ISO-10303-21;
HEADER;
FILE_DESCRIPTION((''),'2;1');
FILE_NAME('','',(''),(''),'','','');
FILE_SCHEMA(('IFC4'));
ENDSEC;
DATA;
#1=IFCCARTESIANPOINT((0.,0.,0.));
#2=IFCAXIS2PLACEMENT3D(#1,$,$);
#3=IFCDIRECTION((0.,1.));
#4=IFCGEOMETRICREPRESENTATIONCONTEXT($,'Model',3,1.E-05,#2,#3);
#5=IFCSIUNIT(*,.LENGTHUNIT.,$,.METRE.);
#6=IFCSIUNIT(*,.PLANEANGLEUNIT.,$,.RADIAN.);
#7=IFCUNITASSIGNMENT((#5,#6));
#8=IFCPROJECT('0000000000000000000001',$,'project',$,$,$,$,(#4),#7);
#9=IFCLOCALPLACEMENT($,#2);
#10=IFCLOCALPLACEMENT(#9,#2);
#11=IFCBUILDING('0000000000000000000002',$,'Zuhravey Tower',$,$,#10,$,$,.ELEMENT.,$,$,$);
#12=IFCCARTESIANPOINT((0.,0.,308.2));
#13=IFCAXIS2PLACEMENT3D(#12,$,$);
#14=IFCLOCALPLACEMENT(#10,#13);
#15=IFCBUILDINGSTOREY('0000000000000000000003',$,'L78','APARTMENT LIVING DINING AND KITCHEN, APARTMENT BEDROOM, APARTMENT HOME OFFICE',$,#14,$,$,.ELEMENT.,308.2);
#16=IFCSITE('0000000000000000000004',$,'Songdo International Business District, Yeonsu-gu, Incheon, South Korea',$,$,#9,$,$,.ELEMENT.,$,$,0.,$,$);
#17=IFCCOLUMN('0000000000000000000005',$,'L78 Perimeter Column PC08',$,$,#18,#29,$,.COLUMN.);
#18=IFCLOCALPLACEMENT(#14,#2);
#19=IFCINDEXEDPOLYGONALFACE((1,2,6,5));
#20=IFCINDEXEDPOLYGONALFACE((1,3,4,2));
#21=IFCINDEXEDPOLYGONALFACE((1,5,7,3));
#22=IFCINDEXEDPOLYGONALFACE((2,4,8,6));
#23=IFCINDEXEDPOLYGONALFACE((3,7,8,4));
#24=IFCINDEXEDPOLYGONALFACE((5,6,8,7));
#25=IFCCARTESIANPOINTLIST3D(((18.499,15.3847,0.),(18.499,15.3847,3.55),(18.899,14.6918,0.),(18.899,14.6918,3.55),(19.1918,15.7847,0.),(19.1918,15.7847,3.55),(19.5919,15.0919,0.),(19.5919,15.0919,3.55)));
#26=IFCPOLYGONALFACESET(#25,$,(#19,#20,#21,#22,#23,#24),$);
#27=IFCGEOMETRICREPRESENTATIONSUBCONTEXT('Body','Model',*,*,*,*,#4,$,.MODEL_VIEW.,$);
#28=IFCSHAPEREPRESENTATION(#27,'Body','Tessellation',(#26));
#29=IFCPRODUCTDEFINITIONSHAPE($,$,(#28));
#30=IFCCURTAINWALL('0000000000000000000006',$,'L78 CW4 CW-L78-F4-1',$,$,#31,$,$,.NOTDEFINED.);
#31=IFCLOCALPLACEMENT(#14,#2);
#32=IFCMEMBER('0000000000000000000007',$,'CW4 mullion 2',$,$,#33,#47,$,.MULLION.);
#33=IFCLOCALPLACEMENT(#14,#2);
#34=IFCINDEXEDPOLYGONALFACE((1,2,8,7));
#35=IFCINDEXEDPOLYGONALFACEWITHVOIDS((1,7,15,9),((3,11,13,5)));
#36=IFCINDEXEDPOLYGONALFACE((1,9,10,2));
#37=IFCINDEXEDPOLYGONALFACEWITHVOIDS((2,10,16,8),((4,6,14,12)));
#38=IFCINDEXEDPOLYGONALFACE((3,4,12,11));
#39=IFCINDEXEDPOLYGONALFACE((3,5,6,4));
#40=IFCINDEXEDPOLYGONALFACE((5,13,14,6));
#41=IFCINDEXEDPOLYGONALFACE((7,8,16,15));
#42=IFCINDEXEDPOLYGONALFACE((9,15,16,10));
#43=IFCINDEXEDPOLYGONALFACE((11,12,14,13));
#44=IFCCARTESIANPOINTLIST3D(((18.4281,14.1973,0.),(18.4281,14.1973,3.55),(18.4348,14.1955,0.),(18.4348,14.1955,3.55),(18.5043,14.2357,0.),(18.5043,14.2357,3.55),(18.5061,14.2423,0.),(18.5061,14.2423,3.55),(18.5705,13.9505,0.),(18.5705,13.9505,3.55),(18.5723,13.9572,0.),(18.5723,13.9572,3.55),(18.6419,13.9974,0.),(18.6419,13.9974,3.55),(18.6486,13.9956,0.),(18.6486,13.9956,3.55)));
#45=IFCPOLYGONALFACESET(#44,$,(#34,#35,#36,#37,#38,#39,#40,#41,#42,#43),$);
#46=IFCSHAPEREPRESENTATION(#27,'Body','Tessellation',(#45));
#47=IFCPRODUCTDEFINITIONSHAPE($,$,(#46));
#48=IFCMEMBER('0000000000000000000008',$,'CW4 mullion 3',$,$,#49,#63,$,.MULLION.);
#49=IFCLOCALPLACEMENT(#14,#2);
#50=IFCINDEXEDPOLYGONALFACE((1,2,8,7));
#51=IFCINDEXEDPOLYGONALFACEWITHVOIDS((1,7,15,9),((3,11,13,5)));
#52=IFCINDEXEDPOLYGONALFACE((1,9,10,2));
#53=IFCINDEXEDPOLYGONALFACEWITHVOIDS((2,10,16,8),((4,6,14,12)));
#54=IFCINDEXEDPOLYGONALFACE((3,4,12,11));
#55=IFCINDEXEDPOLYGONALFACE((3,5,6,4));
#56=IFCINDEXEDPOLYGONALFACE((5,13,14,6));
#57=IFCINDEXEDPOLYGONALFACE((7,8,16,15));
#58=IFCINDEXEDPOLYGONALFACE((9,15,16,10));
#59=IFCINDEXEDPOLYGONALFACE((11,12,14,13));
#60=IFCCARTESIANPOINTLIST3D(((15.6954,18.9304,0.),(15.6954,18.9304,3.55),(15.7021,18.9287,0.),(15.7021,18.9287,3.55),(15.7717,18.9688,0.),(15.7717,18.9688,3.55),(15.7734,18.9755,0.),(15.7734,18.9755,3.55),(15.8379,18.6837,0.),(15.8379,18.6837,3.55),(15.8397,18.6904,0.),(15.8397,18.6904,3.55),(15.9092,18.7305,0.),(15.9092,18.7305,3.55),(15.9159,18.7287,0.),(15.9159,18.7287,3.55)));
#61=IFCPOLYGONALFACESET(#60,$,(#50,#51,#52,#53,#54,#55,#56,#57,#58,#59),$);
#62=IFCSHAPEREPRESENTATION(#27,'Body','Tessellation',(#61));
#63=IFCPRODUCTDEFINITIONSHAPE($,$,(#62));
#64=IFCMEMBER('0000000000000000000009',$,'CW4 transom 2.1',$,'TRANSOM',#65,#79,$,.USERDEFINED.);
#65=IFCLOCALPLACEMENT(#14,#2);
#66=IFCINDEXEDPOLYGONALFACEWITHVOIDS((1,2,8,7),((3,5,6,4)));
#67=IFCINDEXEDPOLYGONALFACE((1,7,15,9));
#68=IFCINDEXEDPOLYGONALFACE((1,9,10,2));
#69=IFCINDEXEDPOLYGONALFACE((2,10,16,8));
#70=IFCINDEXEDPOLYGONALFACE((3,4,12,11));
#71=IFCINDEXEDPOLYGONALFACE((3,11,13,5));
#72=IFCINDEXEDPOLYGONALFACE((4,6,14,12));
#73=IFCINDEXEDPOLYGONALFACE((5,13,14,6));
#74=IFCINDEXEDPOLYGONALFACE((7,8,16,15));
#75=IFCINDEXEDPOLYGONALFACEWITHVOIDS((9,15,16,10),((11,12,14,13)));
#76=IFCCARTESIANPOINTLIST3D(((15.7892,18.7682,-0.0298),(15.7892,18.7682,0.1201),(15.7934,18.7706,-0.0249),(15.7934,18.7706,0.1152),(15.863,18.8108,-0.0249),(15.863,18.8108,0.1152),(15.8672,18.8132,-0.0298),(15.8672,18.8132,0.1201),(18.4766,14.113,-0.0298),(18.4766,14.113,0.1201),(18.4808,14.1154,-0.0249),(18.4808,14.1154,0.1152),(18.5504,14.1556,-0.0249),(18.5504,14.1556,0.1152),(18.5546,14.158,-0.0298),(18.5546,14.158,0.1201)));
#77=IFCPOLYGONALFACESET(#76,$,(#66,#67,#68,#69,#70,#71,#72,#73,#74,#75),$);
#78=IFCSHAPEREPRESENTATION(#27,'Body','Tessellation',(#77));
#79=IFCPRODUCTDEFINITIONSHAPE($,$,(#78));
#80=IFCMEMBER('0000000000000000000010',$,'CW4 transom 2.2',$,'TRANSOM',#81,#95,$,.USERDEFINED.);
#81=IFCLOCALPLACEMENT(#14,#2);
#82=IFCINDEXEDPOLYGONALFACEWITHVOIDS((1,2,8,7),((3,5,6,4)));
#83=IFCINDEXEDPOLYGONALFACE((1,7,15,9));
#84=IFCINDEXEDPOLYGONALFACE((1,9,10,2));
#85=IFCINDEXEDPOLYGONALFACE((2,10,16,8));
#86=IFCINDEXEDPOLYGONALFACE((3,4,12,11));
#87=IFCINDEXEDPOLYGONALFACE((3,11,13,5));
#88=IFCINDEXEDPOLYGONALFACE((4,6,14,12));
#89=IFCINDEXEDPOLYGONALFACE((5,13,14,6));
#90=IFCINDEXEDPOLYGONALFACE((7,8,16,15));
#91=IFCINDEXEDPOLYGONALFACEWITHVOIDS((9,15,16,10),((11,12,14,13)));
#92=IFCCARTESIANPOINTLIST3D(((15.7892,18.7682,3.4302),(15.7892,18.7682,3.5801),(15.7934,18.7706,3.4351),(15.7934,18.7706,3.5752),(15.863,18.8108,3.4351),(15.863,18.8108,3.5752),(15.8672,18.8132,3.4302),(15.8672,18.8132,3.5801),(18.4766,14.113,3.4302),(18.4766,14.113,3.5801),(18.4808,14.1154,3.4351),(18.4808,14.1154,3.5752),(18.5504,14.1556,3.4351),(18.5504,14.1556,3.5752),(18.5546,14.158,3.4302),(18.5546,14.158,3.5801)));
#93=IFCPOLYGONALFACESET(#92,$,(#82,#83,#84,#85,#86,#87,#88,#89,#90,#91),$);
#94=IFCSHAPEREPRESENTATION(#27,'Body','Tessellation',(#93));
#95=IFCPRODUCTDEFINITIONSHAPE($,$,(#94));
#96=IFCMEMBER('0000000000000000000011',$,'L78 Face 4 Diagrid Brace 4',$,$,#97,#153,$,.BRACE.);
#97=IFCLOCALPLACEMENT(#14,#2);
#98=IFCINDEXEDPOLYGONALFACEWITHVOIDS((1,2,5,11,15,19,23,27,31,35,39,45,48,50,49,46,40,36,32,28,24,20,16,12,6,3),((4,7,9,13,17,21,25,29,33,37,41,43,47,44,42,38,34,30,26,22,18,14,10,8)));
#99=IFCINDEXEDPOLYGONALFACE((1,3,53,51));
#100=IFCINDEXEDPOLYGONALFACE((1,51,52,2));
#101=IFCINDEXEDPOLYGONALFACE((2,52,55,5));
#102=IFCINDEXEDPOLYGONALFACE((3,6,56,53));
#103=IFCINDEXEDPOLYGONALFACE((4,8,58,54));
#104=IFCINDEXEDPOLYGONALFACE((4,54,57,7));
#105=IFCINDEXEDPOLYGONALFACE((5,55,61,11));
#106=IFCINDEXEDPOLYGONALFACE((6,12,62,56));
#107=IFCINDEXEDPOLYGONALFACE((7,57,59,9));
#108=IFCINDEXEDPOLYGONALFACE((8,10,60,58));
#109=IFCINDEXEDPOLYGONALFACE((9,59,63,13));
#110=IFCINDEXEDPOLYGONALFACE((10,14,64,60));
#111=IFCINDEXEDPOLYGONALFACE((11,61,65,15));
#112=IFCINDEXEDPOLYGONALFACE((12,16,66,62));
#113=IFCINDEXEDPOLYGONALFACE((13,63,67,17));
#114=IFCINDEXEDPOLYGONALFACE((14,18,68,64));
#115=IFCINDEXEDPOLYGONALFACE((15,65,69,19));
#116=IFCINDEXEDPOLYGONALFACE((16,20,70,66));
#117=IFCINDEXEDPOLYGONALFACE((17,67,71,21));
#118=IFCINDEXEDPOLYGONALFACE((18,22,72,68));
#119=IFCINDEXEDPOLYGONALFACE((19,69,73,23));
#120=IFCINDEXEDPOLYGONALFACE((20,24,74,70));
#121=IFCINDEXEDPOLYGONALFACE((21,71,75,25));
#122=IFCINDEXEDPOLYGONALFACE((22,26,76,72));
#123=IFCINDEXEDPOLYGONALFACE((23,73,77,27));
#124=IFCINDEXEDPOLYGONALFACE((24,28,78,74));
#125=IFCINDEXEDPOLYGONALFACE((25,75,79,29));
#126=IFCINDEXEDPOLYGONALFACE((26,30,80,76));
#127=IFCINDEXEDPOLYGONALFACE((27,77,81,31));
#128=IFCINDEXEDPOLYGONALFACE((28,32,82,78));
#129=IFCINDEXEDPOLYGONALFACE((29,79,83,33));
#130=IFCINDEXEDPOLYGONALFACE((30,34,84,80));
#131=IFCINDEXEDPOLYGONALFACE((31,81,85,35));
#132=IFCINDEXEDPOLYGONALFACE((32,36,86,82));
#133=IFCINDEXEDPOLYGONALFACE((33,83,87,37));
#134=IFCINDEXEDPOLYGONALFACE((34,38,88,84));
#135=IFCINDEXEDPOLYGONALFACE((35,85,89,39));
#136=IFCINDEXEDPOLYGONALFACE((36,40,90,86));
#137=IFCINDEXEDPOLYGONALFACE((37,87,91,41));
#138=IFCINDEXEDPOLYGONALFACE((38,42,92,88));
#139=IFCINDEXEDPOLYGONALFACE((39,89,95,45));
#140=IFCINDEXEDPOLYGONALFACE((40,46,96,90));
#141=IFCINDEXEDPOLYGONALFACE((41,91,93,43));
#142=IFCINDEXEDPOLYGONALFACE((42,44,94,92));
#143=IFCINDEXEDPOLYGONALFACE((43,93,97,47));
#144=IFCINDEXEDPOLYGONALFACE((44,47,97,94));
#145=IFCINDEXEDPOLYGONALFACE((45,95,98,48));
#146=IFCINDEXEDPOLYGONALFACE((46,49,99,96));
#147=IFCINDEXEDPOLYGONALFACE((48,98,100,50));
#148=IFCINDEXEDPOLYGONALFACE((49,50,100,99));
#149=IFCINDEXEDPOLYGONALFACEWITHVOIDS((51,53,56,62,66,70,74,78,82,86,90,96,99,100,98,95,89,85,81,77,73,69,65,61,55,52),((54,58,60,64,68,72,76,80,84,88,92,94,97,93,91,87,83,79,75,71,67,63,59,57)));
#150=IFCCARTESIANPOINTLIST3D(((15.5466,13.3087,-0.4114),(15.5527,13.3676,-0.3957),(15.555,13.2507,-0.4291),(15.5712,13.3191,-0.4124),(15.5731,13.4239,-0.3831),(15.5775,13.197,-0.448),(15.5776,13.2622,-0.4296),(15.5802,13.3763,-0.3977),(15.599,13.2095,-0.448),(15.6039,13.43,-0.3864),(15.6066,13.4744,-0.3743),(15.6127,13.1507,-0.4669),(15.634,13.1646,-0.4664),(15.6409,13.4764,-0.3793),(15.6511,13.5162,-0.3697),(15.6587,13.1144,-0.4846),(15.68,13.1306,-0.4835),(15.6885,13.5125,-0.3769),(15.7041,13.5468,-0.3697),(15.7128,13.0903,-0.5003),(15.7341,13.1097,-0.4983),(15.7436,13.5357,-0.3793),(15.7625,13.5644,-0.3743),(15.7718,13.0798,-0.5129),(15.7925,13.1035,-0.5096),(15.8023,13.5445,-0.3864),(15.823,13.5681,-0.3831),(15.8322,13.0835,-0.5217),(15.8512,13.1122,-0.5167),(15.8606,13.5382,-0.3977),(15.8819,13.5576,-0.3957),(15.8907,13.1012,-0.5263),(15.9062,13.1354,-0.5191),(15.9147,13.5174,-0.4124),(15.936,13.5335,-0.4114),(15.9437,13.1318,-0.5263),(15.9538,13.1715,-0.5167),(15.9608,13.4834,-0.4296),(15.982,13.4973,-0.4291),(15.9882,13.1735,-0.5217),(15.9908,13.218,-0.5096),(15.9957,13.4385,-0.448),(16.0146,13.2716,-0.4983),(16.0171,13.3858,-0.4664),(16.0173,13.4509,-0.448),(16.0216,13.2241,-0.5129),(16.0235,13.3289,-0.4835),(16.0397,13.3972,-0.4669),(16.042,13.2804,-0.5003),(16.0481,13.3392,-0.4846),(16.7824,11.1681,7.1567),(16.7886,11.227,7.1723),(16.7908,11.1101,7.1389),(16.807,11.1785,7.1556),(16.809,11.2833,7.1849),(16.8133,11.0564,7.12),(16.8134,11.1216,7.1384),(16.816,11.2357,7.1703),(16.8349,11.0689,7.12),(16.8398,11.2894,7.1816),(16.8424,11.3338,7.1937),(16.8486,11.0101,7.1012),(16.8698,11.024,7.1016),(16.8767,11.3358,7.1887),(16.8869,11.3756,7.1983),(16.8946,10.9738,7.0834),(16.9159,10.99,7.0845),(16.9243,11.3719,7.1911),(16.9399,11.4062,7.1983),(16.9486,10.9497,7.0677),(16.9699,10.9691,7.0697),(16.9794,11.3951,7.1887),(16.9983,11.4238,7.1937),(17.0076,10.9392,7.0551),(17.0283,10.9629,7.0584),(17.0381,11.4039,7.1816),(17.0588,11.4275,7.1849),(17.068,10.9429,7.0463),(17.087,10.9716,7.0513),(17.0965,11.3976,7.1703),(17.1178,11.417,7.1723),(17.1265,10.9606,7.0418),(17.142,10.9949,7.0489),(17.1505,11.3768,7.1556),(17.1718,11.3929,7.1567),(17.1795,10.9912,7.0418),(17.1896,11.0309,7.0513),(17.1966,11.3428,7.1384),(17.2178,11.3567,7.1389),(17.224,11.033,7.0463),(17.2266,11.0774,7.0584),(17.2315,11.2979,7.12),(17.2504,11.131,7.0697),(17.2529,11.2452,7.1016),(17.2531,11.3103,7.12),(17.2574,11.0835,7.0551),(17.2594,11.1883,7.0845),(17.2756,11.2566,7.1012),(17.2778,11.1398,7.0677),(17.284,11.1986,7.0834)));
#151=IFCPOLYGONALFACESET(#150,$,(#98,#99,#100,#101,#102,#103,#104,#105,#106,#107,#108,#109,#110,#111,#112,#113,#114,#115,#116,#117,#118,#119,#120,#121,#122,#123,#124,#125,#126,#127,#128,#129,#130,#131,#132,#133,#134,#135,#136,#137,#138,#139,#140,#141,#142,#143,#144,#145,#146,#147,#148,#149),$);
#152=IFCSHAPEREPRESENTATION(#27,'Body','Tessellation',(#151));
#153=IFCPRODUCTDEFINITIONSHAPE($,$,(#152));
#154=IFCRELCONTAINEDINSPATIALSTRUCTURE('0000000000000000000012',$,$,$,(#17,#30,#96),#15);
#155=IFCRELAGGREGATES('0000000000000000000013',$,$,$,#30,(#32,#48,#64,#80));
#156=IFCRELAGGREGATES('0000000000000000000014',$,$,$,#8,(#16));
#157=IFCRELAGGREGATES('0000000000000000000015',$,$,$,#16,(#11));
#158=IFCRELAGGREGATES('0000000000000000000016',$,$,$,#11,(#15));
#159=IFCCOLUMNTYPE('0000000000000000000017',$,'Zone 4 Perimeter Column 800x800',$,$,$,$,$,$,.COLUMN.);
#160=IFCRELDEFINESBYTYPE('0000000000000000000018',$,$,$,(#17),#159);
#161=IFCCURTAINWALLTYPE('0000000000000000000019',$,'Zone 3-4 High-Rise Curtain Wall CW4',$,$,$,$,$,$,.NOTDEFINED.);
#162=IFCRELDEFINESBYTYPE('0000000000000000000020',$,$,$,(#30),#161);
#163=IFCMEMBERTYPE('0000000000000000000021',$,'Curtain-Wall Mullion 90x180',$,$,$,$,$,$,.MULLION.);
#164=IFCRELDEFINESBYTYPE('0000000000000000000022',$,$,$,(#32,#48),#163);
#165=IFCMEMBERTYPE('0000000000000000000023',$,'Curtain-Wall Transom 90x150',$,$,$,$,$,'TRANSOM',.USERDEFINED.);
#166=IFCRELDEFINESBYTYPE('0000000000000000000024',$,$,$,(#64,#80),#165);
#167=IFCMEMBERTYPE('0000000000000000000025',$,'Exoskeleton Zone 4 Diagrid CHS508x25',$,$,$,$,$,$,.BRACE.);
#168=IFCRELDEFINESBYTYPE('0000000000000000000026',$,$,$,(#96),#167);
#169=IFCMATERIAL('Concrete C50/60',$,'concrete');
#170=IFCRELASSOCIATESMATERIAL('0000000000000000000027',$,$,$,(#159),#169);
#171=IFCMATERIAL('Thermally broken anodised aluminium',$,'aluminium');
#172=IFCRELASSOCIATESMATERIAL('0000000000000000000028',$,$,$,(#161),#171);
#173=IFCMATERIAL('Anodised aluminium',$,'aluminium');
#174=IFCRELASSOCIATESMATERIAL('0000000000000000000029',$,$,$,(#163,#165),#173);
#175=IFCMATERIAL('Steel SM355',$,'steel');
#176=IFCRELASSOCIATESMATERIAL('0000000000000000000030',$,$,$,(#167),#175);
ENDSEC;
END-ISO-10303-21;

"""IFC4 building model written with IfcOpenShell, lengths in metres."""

from ifc_helpers import new_model, si_unit, direction, frame, origin, origin_2d, place, context, subcontext, project, spatial, rectangle, hollow_rectangle, hollow_circle, extrude, material, material_profile, profile_set, type_object, element, aggregate, save


model = new_model("IFC4")

# Units and contexts
model_context = context("Model", 3, precision=1e-05, world=origin(), true_north=direction((0.0, 1.0)))
body_context = subcontext(model_context, "Body", "Model", "MODEL_VIEW")
ifc_project = project(units=[si_unit("LENGTHUNIT", "METRE"), si_unit("PLANEANGLEUNIT", "RADIAN")], contexts=[model_context])

# Site, building, storey
site_placement = place(None, origin())
site = spatial("IfcSite", under=ifc_project, at=site_placement, Name="Songdo International Business District, Yeonsu-gu, Incheon, South Korea", CompositionType="ELEMENT", RefElevation=0.0)
building_placement = place(site_placement, origin())
building = spatial("IfcBuilding", under=site, at=building_placement, Name="Zuhravey Tower", CompositionType="ELEMENT")
storey_placement = place(building_placement, frame((0.0, 0.0, 308.2)))
storey = spatial("IfcBuildingStorey", under=building, at=storey_placement, Name="L78", Description="APARTMENT LIVING DINING AND KITCHEN, APARTMENT BEDROOM, APARTMENT HOME OFFICE", CompositionType="ELEMENT", Elevation=308.2)

# Column
ifc_material_1 = material(Name="Concrete C50/60", Category="concrete")
ifc_material_profile_1 = material_profile(ifc_material_1, rectangle(XDim=0.8, YDim=0.8, at=origin_2d()), Name="RC-800x800")
ifc_profile_set_1 = profile_set([ifc_material_profile_1], Name="Concrete C50/60")
column_type = type_object("IfcColumnType", Name="Zone 4 Perimeter Column 800x800", PredefinedType="COLUMN", material=ifc_profile_set_1)
column_placement = place(storey_placement, frame((19.0454, 15.2383, 0.0), z_axis=(0.0, 0.0, 1.0), x_axis=(0.5, -0.866025, 0.0)))
element("IfcColumn", 1, at=column_placement, inside=storey, type_object=column_type, Name="L78 Perimeter Column PC08", PredefinedType="COLUMN", context=body_context, shape_type="SweptSolid", body=[
    extrude(rectangle(XDim=0.8, YDim=0.8, at=origin_2d()), origin(), (0.0, 0.0, 1.0), 3.55),
])

# Curtain wall, members
ifc_material_2 = material(Name="Thermally broken anodised aluminium", Category="aluminium")
curtain_wall_type = type_object("IfcCurtainWallType", Name="Zone 3-4 High-Rise Curtain Wall CW4", PredefinedType="NOTDEFINED", material=ifc_material_2)
curtain_wall_placement = place(storey_placement, origin())
curtain_wall = element("IfcCurtainWall", 2, at=curtain_wall_placement, inside=storey, type_object=curtain_wall_type, Name="L78 CW4 CW-L78-F4-1", PredefinedType="NOTDEFINED")
ifc_material_3 = material(Name="Anodised aluminium", Category="aluminium")
ifc_material_profile_2 = material_profile(ifc_material_3, hollow_rectangle(XDim=0.0901, YDim=0.2849, WallThickness=0.0049, at=origin_2d()), Name="ALU-RHS-90x285x5")
ifc_profile_set_2 = profile_set([ifc_material_profile_2], Name="Anodised aluminium")
member_type_1 = type_object("IfcMemberType", Name="Curtain-Wall Mullion 90x180", PredefinedType="MULLION", material=ifc_profile_set_2)
member_1_placement = place(storey_placement, frame((18.5383, 14.0964, 0.0), z_axis=(0.0, 0.0, 1.0), x_axis=(-0.866026, -0.499999, 0.0)))
member_1 = element("IfcMember", 3, at=member_1_placement, type_object=member_type_1, Name="CW4 mullion 2", PredefinedType="MULLION", context=body_context, shape_type="SweptSolid", body=[
    extrude(hollow_rectangle(XDim=0.0901, YDim=0.2849, WallThickness=0.0049, at=origin_2d()), origin(), (0.0, 0.0, 1.0), 3.55),
])
member_2_placement = place(storey_placement, frame((15.8057, 18.8296, 0.0), z_axis=(0.0, 0.0, 1.0), x_axis=(-0.866026, -0.499999, 0.0)))
member_2 = element("IfcMember", 4, at=member_2_placement, type_object=member_type_1, Name="CW4 mullion 3", PredefinedType="MULLION", context=body_context, shape_type="SweptSolid", body=[
    extrude(hollow_rectangle(XDim=0.0901, YDim=0.2849, WallThickness=0.0049, at=origin_2d()), origin(), (0.0, 0.0, 1.0), 3.55),
])
ifc_material_profile_3 = material_profile(ifc_material_3, hollow_rectangle(XDim=0.0901, YDim=0.1499, WallThickness=0.0049, at=origin_2d()), Name="ALU-RHS-90x150x5")
ifc_profile_set_3 = profile_set([ifc_material_profile_3], Name="Anodised aluminium")
member_type_2 = type_object("IfcMemberType", Name="Curtain-Wall Transom 90x150", ElementType="TRANSOM", PredefinedType="USERDEFINED", material=ifc_profile_set_3)
member_3_placement = place(storey_placement, frame((18.5156, 14.1355, 0.0452), z_axis=(-0.499969, 0.866043, 0.0), x_axis=(-0.866043, -0.499969, 0.0)))
member_3 = element("IfcMember", 5, at=member_3_placement, type_object=member_type_2, Name="CW4 transom 2.1", ObjectType="TRANSOM", PredefinedType="USERDEFINED", context=body_context, shape_type="SweptSolid", body=[
    extrude(hollow_rectangle(XDim=0.0901, YDim=0.1499, WallThickness=0.0049, at=origin_2d()), origin(), (0.0, 0.0, 1.0), 5.3752),
])
member_4_placement = place(storey_placement, frame((18.5156, 14.1355, 3.5051), z_axis=(-0.499969, 0.866043, 0.0), x_axis=(-0.866043, -0.499969, 0.0)))
member_4 = element("IfcMember", 6, at=member_4_placement, type_object=member_type_2, Name="CW4 transom 2.2", ObjectType="TRANSOM", PredefinedType="USERDEFINED", context=body_context, shape_type="SweptSolid", body=[
    extrude(hollow_rectangle(XDim=0.0901, YDim=0.1499, WallThickness=0.0049, at=origin_2d()), origin(), (0.0, 0.0, 1.0), 5.3752),
])

# Member
ifc_material_4 = material(Name="Steel SM355", Category="steel")
ifc_material_profile_4 = material_profile(ifc_material_4, hollow_circle(Radius=0.2539, WallThickness=0.0249, at=origin_2d()), Name="CHS-508.0x25")
ifc_profile_set_4 = profile_set([ifc_material_profile_4], Name="Steel SM355")
member_type_3 = type_object("IfcMemberType", Name="Exoskeleton Zone 4 Diagrid CHS508x25", PredefinedType="BRACE", material=ifc_profile_set_4)
member_5_placement = place(storey_placement, frame((15.7974, 13.324, -0.448), z_axis=(0.155226, -0.268871, 0.950586), x_axis=(0.866034, 0.499985, 0.0)))
element("IfcMember", 7, at=member_5_placement, inside=storey, type_object=member_type_3, Name="L78 Face 4 Diagrid Brace 4", PredefinedType="BRACE", context=body_context, shape_type="SweptSolid", body=[
    extrude(hollow_circle(Radius=0.2539, WallThickness=0.0249, at=origin_2d()), origin(), (0.0, 0.0, 1.0), 7.9614),
])

aggregate(curtain_wall, [member_1, member_2, member_3, member_4])

save(model, "model.ifc")
